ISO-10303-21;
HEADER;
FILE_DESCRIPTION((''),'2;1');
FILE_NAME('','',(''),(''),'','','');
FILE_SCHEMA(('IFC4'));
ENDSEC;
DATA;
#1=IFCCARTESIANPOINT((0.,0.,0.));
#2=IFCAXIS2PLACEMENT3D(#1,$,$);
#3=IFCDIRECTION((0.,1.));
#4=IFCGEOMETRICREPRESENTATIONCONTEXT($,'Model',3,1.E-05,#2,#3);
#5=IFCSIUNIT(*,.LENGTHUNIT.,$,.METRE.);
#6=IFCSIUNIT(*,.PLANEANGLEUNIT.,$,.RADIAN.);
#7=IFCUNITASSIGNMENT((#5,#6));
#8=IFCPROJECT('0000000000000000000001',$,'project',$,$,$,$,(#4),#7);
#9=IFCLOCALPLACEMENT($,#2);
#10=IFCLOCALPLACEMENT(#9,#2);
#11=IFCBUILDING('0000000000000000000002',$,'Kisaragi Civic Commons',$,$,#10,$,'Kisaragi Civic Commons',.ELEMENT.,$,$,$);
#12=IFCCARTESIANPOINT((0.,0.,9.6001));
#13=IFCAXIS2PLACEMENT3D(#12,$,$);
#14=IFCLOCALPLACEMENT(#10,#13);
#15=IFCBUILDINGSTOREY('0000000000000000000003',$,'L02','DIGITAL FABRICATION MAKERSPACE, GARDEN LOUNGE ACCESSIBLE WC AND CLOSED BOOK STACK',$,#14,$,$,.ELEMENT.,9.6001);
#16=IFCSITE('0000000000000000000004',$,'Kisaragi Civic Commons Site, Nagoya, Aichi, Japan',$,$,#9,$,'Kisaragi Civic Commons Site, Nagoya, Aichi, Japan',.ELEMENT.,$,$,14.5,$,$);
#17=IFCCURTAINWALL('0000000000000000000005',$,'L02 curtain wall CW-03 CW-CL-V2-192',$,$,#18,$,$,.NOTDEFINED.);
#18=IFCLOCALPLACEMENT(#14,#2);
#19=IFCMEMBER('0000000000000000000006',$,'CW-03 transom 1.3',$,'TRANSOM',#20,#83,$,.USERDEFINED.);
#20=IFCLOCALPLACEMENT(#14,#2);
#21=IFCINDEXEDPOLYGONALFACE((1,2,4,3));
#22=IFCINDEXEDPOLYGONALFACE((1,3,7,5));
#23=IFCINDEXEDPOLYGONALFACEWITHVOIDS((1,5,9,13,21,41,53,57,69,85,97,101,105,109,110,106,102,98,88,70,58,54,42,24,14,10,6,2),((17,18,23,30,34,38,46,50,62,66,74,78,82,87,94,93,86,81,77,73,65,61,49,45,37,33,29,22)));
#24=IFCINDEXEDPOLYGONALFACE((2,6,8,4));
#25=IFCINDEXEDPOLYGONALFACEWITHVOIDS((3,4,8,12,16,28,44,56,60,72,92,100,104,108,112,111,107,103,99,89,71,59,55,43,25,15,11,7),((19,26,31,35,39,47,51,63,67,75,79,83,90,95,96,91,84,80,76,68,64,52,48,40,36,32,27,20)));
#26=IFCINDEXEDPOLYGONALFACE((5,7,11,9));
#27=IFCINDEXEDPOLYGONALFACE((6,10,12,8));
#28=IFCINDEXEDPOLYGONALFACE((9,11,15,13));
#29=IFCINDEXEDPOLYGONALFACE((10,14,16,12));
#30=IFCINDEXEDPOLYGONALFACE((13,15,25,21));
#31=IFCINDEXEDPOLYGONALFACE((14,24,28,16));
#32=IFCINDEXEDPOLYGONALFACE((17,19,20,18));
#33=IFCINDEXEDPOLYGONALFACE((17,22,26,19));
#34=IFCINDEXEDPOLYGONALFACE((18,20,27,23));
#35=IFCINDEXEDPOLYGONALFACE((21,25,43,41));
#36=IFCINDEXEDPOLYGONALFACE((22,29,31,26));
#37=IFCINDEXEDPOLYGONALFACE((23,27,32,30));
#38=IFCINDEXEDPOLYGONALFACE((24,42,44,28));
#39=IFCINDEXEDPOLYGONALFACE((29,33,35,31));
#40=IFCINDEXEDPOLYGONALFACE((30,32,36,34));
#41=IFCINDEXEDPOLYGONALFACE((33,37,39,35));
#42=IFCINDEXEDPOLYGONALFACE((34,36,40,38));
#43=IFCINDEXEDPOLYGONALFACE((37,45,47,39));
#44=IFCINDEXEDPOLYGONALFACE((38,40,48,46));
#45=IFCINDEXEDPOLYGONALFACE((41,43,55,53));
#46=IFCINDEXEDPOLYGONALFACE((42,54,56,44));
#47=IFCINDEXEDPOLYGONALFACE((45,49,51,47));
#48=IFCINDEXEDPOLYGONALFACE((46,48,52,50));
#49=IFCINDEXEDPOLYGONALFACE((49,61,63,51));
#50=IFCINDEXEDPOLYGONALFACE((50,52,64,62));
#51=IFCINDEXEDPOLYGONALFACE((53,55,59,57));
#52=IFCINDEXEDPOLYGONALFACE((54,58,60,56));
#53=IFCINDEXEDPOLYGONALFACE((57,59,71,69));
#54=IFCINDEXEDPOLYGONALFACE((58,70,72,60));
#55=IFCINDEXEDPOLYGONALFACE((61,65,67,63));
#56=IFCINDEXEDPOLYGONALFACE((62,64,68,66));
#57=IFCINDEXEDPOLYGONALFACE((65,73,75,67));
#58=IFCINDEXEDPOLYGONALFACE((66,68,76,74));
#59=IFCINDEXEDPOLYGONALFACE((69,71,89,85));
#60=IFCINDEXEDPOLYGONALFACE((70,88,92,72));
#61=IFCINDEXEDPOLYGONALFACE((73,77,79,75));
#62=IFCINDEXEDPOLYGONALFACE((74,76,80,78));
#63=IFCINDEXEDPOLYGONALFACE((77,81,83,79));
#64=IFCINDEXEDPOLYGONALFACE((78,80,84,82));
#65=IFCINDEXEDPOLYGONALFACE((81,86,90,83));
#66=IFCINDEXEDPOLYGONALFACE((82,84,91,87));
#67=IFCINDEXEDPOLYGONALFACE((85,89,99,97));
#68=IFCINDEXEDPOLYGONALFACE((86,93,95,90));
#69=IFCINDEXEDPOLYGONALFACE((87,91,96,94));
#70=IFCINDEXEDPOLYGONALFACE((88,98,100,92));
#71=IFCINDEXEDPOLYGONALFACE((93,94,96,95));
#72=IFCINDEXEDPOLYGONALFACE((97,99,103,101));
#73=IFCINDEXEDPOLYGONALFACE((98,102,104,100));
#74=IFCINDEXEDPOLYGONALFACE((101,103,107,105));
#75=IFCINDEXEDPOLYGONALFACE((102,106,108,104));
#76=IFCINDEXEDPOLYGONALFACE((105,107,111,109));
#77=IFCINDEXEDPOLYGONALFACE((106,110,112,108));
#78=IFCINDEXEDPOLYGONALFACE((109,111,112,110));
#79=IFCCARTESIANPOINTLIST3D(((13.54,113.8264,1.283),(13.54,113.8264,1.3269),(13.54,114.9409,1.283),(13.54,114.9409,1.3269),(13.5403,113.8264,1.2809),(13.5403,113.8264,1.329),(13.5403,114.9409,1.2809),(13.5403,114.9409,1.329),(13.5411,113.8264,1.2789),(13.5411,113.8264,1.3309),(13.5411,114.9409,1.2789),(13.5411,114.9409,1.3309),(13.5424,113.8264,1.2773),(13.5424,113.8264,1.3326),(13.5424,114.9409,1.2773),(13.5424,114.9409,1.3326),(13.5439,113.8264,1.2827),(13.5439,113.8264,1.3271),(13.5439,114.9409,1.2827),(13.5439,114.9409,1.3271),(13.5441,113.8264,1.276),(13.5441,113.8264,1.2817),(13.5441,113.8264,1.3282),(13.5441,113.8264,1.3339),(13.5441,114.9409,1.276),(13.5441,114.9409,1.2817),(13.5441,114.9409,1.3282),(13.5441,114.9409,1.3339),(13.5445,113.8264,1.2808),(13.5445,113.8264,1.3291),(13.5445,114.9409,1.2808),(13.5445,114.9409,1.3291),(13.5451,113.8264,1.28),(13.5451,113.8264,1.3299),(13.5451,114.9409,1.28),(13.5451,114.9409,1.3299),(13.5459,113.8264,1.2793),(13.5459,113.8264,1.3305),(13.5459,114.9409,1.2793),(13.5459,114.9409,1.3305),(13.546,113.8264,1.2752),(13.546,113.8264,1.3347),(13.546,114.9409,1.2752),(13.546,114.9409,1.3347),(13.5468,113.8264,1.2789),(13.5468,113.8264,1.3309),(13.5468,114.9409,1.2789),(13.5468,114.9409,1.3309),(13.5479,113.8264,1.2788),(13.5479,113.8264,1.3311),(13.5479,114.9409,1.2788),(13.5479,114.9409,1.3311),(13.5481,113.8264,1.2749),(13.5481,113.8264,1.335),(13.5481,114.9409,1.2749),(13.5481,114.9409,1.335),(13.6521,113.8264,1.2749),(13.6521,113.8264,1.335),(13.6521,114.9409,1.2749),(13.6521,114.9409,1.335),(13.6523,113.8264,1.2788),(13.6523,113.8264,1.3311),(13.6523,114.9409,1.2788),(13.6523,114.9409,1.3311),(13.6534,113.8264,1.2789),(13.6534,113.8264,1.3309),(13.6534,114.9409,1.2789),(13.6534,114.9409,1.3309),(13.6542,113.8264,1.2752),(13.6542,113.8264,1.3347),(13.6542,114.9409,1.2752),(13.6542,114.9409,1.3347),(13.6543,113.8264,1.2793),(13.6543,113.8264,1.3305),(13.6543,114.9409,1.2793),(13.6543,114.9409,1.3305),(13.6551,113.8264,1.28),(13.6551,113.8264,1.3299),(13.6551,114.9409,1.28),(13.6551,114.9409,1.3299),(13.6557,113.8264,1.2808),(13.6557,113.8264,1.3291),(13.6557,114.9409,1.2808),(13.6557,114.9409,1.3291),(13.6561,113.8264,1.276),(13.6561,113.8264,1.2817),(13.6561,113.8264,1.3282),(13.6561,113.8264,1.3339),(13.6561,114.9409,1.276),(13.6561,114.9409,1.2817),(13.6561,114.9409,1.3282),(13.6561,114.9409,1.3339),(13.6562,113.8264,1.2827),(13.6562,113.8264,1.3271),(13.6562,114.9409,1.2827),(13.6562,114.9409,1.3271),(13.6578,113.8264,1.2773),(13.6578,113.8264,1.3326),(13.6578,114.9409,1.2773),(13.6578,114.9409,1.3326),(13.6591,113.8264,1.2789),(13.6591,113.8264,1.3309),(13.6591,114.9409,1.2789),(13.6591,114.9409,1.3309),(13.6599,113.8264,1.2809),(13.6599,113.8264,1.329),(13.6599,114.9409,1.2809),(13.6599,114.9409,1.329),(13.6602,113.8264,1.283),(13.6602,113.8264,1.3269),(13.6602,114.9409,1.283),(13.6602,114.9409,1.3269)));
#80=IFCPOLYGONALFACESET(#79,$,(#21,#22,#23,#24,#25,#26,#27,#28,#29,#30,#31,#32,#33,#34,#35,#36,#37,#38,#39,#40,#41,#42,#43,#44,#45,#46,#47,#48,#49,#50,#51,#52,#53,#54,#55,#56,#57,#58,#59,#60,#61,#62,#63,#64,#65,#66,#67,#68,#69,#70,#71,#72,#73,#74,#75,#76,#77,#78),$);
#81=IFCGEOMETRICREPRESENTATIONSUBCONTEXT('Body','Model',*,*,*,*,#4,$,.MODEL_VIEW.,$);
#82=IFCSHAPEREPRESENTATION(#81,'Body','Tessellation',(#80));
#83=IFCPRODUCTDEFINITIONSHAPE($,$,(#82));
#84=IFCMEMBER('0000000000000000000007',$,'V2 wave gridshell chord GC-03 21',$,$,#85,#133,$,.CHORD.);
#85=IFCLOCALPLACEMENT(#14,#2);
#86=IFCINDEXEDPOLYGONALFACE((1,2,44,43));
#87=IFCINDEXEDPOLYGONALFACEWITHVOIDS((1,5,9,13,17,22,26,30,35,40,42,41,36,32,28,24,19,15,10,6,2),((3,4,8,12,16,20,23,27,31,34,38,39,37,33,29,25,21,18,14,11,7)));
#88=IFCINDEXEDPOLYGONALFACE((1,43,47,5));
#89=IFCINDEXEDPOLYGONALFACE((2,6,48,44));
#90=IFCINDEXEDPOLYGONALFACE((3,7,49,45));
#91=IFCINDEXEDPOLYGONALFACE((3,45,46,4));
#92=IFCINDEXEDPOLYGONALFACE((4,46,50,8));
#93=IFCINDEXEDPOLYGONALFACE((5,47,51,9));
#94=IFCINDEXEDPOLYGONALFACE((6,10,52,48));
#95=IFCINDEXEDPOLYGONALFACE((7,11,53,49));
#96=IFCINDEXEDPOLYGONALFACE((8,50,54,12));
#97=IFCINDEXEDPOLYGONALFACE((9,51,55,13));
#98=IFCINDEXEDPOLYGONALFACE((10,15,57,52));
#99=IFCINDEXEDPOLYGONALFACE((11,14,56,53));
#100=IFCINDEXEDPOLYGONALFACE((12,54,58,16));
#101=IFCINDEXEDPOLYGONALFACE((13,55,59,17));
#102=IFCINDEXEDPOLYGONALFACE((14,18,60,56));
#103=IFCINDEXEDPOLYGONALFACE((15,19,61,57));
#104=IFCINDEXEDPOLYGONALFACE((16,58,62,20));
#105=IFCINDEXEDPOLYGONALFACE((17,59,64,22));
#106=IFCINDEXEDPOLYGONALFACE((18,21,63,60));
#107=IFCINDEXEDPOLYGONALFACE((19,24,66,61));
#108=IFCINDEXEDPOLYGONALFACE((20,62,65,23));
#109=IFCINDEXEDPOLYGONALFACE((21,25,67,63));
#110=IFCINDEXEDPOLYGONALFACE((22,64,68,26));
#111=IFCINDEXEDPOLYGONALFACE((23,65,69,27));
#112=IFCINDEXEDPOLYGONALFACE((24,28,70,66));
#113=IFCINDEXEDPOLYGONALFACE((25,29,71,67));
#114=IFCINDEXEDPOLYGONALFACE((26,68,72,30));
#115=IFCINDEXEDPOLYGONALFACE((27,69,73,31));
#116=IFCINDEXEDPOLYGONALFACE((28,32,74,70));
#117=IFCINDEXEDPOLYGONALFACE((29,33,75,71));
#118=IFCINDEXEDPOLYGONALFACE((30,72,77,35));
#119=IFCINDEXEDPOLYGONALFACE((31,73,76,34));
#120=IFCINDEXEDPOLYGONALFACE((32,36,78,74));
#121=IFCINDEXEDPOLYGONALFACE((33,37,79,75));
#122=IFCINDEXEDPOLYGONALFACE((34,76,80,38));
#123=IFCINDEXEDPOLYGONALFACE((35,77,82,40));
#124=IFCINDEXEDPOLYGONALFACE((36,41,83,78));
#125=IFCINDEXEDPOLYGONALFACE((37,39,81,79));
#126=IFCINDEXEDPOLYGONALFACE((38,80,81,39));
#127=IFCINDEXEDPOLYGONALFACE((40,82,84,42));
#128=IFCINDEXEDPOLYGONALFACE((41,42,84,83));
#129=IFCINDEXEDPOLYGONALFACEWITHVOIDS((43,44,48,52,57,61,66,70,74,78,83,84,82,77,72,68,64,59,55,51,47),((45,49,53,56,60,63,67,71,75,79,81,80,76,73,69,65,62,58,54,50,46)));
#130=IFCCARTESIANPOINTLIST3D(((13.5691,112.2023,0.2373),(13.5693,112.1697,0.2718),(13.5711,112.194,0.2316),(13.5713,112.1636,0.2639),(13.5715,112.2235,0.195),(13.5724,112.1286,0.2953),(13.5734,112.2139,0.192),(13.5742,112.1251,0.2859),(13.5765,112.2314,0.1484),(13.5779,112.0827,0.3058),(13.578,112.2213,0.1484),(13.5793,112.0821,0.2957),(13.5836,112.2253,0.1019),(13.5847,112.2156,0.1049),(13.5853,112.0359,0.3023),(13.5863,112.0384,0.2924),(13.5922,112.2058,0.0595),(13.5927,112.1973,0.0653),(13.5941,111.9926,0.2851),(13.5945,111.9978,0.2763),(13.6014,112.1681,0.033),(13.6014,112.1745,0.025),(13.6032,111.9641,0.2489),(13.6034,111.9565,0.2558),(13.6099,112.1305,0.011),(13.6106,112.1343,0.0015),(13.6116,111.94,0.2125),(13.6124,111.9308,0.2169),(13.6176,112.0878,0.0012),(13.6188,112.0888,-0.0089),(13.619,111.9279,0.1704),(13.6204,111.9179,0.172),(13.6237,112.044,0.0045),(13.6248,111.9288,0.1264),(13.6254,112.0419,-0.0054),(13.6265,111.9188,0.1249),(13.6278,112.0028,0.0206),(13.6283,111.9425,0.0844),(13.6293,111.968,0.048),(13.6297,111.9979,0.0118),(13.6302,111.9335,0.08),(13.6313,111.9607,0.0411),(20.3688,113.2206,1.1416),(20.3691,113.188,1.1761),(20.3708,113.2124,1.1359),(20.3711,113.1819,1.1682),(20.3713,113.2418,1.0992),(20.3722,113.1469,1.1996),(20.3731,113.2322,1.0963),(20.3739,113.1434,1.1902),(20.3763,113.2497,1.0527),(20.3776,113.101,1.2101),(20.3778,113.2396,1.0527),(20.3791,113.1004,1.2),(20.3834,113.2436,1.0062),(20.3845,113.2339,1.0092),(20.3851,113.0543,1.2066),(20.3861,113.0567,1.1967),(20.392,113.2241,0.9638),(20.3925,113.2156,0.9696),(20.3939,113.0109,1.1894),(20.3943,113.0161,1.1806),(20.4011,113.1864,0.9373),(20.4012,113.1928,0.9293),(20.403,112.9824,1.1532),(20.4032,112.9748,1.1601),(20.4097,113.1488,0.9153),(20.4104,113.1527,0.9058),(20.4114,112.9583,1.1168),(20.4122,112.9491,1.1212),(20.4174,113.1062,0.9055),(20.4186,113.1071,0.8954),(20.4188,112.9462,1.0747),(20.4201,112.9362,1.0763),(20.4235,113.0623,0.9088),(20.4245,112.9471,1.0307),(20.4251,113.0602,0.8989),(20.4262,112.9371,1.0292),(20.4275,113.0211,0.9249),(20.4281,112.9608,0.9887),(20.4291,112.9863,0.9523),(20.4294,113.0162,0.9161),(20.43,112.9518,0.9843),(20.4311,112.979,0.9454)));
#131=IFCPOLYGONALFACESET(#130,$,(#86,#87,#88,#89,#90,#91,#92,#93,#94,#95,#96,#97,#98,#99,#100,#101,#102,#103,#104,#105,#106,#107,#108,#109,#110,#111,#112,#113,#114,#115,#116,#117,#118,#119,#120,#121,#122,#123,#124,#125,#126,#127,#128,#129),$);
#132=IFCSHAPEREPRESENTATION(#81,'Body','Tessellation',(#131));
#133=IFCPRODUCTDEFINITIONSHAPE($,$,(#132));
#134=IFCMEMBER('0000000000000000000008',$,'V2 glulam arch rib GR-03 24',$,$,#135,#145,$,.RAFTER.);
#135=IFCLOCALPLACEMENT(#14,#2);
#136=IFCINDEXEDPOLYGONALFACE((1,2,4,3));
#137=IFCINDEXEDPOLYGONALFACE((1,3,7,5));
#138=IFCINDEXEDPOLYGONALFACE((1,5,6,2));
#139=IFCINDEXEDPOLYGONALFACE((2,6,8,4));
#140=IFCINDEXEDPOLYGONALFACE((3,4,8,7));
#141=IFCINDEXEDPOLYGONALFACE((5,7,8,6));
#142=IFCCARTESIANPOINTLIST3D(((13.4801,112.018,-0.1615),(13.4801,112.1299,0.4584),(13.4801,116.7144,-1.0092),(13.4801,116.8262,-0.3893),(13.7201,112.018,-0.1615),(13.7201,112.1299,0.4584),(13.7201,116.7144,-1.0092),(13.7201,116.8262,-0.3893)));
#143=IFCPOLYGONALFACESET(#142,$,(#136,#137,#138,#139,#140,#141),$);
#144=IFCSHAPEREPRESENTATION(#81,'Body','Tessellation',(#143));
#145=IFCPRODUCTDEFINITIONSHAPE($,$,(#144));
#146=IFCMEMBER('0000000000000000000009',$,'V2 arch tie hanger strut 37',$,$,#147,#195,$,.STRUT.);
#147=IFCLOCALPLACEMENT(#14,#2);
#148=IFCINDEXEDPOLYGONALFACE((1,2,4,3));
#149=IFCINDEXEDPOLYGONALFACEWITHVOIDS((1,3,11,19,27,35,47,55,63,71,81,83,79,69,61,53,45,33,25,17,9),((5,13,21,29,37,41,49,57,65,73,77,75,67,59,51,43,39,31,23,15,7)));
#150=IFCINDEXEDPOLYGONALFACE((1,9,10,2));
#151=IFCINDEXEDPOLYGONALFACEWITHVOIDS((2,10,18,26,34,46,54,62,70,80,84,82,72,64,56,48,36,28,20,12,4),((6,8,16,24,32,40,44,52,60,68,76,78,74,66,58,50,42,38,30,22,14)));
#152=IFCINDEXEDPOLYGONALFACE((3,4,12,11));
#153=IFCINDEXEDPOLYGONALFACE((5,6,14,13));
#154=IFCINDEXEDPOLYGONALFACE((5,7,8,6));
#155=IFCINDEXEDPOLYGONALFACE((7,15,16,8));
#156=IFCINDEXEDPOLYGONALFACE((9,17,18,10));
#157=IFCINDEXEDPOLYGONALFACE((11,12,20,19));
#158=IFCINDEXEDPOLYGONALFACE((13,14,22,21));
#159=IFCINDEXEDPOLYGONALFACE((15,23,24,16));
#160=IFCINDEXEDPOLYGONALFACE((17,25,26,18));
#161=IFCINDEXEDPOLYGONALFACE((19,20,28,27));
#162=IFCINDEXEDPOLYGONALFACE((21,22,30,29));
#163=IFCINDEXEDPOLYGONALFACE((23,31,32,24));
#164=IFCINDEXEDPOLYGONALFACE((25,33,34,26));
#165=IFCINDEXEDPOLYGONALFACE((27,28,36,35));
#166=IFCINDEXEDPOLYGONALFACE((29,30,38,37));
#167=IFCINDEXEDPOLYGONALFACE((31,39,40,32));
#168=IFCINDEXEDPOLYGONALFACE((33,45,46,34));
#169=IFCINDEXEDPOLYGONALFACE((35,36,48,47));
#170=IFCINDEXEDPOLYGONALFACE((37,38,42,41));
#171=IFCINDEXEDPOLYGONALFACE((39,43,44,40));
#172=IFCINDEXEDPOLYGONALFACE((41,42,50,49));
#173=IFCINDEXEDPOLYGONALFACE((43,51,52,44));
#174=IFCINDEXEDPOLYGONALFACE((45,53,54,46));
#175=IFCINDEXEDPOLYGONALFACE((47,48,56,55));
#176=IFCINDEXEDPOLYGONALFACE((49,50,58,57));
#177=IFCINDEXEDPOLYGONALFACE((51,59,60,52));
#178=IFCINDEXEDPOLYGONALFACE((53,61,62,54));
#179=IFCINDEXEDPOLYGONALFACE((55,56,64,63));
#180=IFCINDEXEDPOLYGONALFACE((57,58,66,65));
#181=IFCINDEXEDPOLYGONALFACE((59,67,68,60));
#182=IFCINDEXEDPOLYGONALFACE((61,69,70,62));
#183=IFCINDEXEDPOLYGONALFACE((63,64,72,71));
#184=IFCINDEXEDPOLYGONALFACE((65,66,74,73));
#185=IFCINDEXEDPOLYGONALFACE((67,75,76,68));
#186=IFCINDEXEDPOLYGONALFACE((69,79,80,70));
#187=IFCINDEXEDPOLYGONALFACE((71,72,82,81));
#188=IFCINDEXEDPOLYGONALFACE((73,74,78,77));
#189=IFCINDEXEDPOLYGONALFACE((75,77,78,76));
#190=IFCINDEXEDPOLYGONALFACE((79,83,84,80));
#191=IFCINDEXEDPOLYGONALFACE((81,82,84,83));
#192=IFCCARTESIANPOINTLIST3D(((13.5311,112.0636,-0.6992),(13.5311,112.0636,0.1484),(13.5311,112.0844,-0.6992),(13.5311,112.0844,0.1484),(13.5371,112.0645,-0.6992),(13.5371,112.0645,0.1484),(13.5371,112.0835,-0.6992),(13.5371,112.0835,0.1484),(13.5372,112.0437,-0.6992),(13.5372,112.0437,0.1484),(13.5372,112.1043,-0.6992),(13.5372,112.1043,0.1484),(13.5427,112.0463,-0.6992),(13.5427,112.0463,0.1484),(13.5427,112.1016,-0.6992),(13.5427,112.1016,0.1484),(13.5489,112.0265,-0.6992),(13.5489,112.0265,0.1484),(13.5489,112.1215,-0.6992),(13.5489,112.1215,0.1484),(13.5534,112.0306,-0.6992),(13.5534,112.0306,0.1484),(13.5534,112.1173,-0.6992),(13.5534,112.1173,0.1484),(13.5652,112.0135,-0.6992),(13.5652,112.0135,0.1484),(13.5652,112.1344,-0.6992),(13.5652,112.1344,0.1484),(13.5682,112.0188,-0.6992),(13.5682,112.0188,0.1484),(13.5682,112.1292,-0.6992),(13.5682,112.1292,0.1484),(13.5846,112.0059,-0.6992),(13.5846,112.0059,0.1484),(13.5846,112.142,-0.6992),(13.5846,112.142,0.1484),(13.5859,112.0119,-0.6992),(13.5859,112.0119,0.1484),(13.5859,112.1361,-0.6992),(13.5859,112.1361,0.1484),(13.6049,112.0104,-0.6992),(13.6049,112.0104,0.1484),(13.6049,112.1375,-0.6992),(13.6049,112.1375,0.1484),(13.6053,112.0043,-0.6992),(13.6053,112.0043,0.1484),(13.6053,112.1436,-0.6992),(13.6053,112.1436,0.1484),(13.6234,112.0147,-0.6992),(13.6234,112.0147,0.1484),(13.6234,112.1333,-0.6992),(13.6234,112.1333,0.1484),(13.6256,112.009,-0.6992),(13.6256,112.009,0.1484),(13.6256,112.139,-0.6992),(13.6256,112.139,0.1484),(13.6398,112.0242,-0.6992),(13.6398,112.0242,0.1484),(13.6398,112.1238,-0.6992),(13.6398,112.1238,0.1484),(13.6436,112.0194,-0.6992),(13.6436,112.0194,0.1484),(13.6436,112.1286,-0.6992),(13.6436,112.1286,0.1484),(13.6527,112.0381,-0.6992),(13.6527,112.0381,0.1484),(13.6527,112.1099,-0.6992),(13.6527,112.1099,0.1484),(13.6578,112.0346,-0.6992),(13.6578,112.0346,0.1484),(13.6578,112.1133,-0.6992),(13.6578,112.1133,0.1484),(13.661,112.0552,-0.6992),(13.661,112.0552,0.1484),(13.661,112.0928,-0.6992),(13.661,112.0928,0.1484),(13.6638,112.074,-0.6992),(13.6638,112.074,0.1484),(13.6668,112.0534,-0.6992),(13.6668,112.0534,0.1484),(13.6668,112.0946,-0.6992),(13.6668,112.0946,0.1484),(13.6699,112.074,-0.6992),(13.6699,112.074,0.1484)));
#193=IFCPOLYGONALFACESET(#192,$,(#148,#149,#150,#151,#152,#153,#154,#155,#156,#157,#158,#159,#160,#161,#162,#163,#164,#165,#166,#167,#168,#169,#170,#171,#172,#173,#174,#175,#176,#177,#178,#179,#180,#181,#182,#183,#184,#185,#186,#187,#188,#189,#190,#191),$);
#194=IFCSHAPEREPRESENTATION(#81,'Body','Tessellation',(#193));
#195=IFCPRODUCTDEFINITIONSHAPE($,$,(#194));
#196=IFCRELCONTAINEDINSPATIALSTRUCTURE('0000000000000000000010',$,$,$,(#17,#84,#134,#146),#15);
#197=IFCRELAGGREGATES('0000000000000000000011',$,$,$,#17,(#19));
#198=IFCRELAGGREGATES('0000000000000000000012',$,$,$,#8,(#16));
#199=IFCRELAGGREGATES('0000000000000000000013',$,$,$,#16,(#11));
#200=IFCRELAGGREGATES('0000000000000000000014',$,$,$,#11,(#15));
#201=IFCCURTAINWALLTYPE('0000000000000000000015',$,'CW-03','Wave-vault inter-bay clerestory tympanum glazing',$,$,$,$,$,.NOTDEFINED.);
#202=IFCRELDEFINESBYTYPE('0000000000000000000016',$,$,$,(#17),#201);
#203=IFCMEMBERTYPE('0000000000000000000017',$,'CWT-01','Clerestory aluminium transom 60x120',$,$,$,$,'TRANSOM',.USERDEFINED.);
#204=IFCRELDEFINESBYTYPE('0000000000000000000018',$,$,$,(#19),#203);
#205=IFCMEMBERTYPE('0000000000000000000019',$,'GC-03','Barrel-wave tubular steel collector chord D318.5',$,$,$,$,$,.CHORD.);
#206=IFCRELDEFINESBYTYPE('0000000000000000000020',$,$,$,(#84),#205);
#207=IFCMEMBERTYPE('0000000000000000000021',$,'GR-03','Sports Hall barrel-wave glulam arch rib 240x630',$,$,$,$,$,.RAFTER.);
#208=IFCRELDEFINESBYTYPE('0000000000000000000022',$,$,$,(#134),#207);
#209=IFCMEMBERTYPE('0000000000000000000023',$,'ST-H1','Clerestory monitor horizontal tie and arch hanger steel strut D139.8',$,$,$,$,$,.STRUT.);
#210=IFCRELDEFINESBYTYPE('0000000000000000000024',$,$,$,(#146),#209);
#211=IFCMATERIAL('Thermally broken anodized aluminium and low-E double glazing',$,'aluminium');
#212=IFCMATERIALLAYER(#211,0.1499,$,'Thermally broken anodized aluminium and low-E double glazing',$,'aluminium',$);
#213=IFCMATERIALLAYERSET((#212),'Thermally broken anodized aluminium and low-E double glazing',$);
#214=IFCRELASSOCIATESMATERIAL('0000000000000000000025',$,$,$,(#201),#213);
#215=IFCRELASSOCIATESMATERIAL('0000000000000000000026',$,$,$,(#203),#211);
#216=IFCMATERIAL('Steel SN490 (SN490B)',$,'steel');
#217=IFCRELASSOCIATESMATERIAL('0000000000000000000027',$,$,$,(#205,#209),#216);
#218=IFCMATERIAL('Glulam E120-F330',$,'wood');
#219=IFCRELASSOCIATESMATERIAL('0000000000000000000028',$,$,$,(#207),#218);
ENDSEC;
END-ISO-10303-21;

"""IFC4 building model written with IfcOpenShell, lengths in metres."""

from ifc_helpers import new_model, si_unit, direction, frame, origin, origin_2d, place, context, subcontext, project, spatial, rectangle, hollow_rectangle, hollow_circle, extrude, material, layer, layer_set, material_profile, profile_set, type_object, element, aggregate, save


model = new_model("IFC4")

# Units and contexts
model_context = context("Model", 3, precision=1e-05, world=origin(), true_north=direction((0.0, 1.0)))
body_context = subcontext(model_context, "Body", "Model", "MODEL_VIEW")
ifc_project = project(units=[si_unit("LENGTHUNIT", "METRE"), si_unit("PLANEANGLEUNIT", "RADIAN")], contexts=[model_context])

# Site, building, storey
site_placement = place(None, origin())
site = spatial("IfcSite", under=ifc_project, at=site_placement, Name="Kisaragi Civic Commons Site, Nagoya, Aichi, Japan", LongName="Kisaragi Civic Commons Site, Nagoya, Aichi, Japan", CompositionType="ELEMENT", RefElevation=14.5)
building_placement = place(site_placement, origin())
building = spatial("IfcBuilding", under=site, at=building_placement, Name="Kisaragi Civic Commons", LongName="Kisaragi Civic Commons", CompositionType="ELEMENT")
storey_placement = place(building_placement, frame((0.0, 0.0, 9.6001)))
storey = spatial("IfcBuildingStorey", under=building, at=storey_placement, Name="L02", Description="DIGITAL FABRICATION MAKERSPACE, GARDEN LOUNGE ACCESSIBLE WC AND CLOSED BOOK STACK", CompositionType="ELEMENT", Elevation=9.6001)

# Shared definitions
ifc_material_1 = material(Name="Thermally broken anodized aluminium and low-E double glazing", Category="aluminium")
ifc_layer_1 = layer(ifc_material_1, 0.1499, Name="Thermally broken anodized aluminium and low-E double glazing", Category="aluminium")
ifc_layer_set_1 = layer_set([ifc_layer_1], Name="Thermally broken anodized aluminium and low-E double glazing")
curtain_wall_type = type_object("IfcCurtainWallType", Name="CW-03", Description="Wave-vault inter-bay clerestory tympanum glazing", PredefinedType="NOTDEFINED", material=ifc_layer_set_1)

# Curtain wall
curtain_wall_1_placement = place(storey_placement, origin())
curtain_wall_1 = element("IfcCurtainWall", 1, at=curtain_wall_1_placement, inside=storey, type_object=curtain_wall_type, Name="L02 curtain wall CW-03 CW-CL-V2-192", PredefinedType="NOTDEFINED")

# Member
ifc_material_profile_1 = material_profile(ifc_material_1, hollow_rectangle(XDim=0.1201, YDim=0.0601, WallThickness=0.0039, InnerFilletRadius=0.0039, OuterFilletRadius=0.0081, at=origin_2d()), Name="CWT-60x120x4", Category="aluminium")
ifc_profile_set_1 = profile_set([ifc_material_profile_1], Name="Thermally broken anodized aluminium and low-E double glazing")
member_type_1 = type_object("IfcMemberType", Name="CWT-01", Description="Clerestory aluminium transom 60x120", ElementType="TRANSOM", PredefinedType="USERDEFINED", material=ifc_profile_set_1)
member_1_placement = place(storey_placement, frame((13.6001, 113.8264, 1.3049), z_axis=(0.0, 1.0, 0.0), x_axis=(-1.0, 0.0, 0.0)))
member_1 = element("IfcMember", 2, at=member_1_placement, type_object=member_type_1, Name="CW-03 transom 1.3", ObjectType="TRANSOM", PredefinedType="USERDEFINED", context=body_context, shape_type="SweptSolid", body=[
    extrude(hollow_rectangle(XDim=0.1201, YDim=0.0601, WallThickness=0.0039, InnerFilletRadius=0.0039, OuterFilletRadius=0.0081, at=origin_2d()), origin(), (0.0, 0.0, 1.0), 1.1145),
])
aggregate(curtain_wall_1, [member_1])

# Members
ifc_material_2 = material(Name="Steel SN490 (SN490B)", Category="steel")
ifc_material_profile_2 = material_profile(ifc_material_2, hollow_circle(Radius=0.1592, WallThickness=0.0103, at=origin_2d()), Name="CHS-318.5x10.3", Category="steel")
ifc_profile_set_2 = profile_set([ifc_material_profile_2], Name="Steel SN490 (SN490B)")
member_type_2 = type_object("IfcMemberType", Name="GC-03", Description="Barrel-wave tubular steel collector chord D318.5", PredefinedType="CHORD", material=ifc_profile_set_2)
member_2_placement = place(storey_placement, frame((13.6001, 112.074, 0.1484), z_axis=(0.980528, 0.14684, 0.130399), x_axis=(-0.148104, 0.988972, 0.0)))
element("IfcMember", 3, at=member_2_placement, inside=storey, type_object=member_type_2, Name="V2 wave gridshell chord GC-03 21", PredefinedType="CHORD", context=body_context, shape_type="SweptSolid", body=[
    extrude(hollow_circle(Radius=0.1592, WallThickness=0.0103, at=origin_2d()), origin(), (0.0, 0.0, 1.0), 6.9348),
])
ifc_material_3 = material(Name="Glulam E120-F330", Category="wood")
ifc_material_profile_3 = material_profile(ifc_material_3, rectangle(XDim=0.24, YDim=0.6299, at=origin_2d()), Name="GL-240x630", Category="wood")
ifc_profile_set_3 = profile_set([ifc_material_profile_3], Name="Glulam E120-F330")
member_type_3 = type_object("IfcMemberType", Name="GR-03", Description="Sports Hall barrel-wave glulam arch rib 240x630", PredefinedType="RAFTER", material=ifc_profile_set_3)
member_3_placement = place(storey_placement, frame((13.6001, 112.074, 0.1484), z_axis=(0.0, 0.984098, -0.177625), x_axis=(-1.0, 0.0, 0.0)))
element("IfcMember", 4, at=member_3_placement, inside=storey, type_object=member_type_3, Name="V2 glulam arch rib GR-03 24", PredefinedType="RAFTER", context=body_context, shape_type="SweptSolid", body=[
    extrude(rectangle(XDim=0.24, YDim=0.6299, at=origin_2d()), origin(), (0.0, 0.0, 1.0), 4.7722),
])
ifc_material_profile_4 = material_profile(ifc_material_2, hollow_circle(Radius=0.0698, WallThickness=0.0061, at=origin_2d()), Name="CHS-139.8x6.0", Category="steel")
ifc_profile_set_4 = profile_set([ifc_material_profile_4], Name="Steel SN490 (SN490B)")
member_type_4 = type_object("IfcMemberType", Name="ST-H1", Description="Clerestory monitor horizontal tie and arch hanger steel strut D139.8", PredefinedType="STRUT", material=ifc_profile_set_4)
member_4_placement = place(storey_placement, frame((13.6001, 112.074, -0.6992), z_axis=(0.0, 0.0, 1.0), x_axis=(1.0, 0.0, 0.0)))
element("IfcMember", 5, at=member_4_placement, inside=storey, type_object=member_type_4, Name="V2 arch tie hanger strut 37", PredefinedType="STRUT", context=body_context, shape_type="SweptSolid", body=[
    extrude(hollow_circle(Radius=0.0698, WallThickness=0.0061, at=origin_2d()), origin(), (0.0, 0.0, 1.0), 0.8477),
])

save(model, "model.ifc")
